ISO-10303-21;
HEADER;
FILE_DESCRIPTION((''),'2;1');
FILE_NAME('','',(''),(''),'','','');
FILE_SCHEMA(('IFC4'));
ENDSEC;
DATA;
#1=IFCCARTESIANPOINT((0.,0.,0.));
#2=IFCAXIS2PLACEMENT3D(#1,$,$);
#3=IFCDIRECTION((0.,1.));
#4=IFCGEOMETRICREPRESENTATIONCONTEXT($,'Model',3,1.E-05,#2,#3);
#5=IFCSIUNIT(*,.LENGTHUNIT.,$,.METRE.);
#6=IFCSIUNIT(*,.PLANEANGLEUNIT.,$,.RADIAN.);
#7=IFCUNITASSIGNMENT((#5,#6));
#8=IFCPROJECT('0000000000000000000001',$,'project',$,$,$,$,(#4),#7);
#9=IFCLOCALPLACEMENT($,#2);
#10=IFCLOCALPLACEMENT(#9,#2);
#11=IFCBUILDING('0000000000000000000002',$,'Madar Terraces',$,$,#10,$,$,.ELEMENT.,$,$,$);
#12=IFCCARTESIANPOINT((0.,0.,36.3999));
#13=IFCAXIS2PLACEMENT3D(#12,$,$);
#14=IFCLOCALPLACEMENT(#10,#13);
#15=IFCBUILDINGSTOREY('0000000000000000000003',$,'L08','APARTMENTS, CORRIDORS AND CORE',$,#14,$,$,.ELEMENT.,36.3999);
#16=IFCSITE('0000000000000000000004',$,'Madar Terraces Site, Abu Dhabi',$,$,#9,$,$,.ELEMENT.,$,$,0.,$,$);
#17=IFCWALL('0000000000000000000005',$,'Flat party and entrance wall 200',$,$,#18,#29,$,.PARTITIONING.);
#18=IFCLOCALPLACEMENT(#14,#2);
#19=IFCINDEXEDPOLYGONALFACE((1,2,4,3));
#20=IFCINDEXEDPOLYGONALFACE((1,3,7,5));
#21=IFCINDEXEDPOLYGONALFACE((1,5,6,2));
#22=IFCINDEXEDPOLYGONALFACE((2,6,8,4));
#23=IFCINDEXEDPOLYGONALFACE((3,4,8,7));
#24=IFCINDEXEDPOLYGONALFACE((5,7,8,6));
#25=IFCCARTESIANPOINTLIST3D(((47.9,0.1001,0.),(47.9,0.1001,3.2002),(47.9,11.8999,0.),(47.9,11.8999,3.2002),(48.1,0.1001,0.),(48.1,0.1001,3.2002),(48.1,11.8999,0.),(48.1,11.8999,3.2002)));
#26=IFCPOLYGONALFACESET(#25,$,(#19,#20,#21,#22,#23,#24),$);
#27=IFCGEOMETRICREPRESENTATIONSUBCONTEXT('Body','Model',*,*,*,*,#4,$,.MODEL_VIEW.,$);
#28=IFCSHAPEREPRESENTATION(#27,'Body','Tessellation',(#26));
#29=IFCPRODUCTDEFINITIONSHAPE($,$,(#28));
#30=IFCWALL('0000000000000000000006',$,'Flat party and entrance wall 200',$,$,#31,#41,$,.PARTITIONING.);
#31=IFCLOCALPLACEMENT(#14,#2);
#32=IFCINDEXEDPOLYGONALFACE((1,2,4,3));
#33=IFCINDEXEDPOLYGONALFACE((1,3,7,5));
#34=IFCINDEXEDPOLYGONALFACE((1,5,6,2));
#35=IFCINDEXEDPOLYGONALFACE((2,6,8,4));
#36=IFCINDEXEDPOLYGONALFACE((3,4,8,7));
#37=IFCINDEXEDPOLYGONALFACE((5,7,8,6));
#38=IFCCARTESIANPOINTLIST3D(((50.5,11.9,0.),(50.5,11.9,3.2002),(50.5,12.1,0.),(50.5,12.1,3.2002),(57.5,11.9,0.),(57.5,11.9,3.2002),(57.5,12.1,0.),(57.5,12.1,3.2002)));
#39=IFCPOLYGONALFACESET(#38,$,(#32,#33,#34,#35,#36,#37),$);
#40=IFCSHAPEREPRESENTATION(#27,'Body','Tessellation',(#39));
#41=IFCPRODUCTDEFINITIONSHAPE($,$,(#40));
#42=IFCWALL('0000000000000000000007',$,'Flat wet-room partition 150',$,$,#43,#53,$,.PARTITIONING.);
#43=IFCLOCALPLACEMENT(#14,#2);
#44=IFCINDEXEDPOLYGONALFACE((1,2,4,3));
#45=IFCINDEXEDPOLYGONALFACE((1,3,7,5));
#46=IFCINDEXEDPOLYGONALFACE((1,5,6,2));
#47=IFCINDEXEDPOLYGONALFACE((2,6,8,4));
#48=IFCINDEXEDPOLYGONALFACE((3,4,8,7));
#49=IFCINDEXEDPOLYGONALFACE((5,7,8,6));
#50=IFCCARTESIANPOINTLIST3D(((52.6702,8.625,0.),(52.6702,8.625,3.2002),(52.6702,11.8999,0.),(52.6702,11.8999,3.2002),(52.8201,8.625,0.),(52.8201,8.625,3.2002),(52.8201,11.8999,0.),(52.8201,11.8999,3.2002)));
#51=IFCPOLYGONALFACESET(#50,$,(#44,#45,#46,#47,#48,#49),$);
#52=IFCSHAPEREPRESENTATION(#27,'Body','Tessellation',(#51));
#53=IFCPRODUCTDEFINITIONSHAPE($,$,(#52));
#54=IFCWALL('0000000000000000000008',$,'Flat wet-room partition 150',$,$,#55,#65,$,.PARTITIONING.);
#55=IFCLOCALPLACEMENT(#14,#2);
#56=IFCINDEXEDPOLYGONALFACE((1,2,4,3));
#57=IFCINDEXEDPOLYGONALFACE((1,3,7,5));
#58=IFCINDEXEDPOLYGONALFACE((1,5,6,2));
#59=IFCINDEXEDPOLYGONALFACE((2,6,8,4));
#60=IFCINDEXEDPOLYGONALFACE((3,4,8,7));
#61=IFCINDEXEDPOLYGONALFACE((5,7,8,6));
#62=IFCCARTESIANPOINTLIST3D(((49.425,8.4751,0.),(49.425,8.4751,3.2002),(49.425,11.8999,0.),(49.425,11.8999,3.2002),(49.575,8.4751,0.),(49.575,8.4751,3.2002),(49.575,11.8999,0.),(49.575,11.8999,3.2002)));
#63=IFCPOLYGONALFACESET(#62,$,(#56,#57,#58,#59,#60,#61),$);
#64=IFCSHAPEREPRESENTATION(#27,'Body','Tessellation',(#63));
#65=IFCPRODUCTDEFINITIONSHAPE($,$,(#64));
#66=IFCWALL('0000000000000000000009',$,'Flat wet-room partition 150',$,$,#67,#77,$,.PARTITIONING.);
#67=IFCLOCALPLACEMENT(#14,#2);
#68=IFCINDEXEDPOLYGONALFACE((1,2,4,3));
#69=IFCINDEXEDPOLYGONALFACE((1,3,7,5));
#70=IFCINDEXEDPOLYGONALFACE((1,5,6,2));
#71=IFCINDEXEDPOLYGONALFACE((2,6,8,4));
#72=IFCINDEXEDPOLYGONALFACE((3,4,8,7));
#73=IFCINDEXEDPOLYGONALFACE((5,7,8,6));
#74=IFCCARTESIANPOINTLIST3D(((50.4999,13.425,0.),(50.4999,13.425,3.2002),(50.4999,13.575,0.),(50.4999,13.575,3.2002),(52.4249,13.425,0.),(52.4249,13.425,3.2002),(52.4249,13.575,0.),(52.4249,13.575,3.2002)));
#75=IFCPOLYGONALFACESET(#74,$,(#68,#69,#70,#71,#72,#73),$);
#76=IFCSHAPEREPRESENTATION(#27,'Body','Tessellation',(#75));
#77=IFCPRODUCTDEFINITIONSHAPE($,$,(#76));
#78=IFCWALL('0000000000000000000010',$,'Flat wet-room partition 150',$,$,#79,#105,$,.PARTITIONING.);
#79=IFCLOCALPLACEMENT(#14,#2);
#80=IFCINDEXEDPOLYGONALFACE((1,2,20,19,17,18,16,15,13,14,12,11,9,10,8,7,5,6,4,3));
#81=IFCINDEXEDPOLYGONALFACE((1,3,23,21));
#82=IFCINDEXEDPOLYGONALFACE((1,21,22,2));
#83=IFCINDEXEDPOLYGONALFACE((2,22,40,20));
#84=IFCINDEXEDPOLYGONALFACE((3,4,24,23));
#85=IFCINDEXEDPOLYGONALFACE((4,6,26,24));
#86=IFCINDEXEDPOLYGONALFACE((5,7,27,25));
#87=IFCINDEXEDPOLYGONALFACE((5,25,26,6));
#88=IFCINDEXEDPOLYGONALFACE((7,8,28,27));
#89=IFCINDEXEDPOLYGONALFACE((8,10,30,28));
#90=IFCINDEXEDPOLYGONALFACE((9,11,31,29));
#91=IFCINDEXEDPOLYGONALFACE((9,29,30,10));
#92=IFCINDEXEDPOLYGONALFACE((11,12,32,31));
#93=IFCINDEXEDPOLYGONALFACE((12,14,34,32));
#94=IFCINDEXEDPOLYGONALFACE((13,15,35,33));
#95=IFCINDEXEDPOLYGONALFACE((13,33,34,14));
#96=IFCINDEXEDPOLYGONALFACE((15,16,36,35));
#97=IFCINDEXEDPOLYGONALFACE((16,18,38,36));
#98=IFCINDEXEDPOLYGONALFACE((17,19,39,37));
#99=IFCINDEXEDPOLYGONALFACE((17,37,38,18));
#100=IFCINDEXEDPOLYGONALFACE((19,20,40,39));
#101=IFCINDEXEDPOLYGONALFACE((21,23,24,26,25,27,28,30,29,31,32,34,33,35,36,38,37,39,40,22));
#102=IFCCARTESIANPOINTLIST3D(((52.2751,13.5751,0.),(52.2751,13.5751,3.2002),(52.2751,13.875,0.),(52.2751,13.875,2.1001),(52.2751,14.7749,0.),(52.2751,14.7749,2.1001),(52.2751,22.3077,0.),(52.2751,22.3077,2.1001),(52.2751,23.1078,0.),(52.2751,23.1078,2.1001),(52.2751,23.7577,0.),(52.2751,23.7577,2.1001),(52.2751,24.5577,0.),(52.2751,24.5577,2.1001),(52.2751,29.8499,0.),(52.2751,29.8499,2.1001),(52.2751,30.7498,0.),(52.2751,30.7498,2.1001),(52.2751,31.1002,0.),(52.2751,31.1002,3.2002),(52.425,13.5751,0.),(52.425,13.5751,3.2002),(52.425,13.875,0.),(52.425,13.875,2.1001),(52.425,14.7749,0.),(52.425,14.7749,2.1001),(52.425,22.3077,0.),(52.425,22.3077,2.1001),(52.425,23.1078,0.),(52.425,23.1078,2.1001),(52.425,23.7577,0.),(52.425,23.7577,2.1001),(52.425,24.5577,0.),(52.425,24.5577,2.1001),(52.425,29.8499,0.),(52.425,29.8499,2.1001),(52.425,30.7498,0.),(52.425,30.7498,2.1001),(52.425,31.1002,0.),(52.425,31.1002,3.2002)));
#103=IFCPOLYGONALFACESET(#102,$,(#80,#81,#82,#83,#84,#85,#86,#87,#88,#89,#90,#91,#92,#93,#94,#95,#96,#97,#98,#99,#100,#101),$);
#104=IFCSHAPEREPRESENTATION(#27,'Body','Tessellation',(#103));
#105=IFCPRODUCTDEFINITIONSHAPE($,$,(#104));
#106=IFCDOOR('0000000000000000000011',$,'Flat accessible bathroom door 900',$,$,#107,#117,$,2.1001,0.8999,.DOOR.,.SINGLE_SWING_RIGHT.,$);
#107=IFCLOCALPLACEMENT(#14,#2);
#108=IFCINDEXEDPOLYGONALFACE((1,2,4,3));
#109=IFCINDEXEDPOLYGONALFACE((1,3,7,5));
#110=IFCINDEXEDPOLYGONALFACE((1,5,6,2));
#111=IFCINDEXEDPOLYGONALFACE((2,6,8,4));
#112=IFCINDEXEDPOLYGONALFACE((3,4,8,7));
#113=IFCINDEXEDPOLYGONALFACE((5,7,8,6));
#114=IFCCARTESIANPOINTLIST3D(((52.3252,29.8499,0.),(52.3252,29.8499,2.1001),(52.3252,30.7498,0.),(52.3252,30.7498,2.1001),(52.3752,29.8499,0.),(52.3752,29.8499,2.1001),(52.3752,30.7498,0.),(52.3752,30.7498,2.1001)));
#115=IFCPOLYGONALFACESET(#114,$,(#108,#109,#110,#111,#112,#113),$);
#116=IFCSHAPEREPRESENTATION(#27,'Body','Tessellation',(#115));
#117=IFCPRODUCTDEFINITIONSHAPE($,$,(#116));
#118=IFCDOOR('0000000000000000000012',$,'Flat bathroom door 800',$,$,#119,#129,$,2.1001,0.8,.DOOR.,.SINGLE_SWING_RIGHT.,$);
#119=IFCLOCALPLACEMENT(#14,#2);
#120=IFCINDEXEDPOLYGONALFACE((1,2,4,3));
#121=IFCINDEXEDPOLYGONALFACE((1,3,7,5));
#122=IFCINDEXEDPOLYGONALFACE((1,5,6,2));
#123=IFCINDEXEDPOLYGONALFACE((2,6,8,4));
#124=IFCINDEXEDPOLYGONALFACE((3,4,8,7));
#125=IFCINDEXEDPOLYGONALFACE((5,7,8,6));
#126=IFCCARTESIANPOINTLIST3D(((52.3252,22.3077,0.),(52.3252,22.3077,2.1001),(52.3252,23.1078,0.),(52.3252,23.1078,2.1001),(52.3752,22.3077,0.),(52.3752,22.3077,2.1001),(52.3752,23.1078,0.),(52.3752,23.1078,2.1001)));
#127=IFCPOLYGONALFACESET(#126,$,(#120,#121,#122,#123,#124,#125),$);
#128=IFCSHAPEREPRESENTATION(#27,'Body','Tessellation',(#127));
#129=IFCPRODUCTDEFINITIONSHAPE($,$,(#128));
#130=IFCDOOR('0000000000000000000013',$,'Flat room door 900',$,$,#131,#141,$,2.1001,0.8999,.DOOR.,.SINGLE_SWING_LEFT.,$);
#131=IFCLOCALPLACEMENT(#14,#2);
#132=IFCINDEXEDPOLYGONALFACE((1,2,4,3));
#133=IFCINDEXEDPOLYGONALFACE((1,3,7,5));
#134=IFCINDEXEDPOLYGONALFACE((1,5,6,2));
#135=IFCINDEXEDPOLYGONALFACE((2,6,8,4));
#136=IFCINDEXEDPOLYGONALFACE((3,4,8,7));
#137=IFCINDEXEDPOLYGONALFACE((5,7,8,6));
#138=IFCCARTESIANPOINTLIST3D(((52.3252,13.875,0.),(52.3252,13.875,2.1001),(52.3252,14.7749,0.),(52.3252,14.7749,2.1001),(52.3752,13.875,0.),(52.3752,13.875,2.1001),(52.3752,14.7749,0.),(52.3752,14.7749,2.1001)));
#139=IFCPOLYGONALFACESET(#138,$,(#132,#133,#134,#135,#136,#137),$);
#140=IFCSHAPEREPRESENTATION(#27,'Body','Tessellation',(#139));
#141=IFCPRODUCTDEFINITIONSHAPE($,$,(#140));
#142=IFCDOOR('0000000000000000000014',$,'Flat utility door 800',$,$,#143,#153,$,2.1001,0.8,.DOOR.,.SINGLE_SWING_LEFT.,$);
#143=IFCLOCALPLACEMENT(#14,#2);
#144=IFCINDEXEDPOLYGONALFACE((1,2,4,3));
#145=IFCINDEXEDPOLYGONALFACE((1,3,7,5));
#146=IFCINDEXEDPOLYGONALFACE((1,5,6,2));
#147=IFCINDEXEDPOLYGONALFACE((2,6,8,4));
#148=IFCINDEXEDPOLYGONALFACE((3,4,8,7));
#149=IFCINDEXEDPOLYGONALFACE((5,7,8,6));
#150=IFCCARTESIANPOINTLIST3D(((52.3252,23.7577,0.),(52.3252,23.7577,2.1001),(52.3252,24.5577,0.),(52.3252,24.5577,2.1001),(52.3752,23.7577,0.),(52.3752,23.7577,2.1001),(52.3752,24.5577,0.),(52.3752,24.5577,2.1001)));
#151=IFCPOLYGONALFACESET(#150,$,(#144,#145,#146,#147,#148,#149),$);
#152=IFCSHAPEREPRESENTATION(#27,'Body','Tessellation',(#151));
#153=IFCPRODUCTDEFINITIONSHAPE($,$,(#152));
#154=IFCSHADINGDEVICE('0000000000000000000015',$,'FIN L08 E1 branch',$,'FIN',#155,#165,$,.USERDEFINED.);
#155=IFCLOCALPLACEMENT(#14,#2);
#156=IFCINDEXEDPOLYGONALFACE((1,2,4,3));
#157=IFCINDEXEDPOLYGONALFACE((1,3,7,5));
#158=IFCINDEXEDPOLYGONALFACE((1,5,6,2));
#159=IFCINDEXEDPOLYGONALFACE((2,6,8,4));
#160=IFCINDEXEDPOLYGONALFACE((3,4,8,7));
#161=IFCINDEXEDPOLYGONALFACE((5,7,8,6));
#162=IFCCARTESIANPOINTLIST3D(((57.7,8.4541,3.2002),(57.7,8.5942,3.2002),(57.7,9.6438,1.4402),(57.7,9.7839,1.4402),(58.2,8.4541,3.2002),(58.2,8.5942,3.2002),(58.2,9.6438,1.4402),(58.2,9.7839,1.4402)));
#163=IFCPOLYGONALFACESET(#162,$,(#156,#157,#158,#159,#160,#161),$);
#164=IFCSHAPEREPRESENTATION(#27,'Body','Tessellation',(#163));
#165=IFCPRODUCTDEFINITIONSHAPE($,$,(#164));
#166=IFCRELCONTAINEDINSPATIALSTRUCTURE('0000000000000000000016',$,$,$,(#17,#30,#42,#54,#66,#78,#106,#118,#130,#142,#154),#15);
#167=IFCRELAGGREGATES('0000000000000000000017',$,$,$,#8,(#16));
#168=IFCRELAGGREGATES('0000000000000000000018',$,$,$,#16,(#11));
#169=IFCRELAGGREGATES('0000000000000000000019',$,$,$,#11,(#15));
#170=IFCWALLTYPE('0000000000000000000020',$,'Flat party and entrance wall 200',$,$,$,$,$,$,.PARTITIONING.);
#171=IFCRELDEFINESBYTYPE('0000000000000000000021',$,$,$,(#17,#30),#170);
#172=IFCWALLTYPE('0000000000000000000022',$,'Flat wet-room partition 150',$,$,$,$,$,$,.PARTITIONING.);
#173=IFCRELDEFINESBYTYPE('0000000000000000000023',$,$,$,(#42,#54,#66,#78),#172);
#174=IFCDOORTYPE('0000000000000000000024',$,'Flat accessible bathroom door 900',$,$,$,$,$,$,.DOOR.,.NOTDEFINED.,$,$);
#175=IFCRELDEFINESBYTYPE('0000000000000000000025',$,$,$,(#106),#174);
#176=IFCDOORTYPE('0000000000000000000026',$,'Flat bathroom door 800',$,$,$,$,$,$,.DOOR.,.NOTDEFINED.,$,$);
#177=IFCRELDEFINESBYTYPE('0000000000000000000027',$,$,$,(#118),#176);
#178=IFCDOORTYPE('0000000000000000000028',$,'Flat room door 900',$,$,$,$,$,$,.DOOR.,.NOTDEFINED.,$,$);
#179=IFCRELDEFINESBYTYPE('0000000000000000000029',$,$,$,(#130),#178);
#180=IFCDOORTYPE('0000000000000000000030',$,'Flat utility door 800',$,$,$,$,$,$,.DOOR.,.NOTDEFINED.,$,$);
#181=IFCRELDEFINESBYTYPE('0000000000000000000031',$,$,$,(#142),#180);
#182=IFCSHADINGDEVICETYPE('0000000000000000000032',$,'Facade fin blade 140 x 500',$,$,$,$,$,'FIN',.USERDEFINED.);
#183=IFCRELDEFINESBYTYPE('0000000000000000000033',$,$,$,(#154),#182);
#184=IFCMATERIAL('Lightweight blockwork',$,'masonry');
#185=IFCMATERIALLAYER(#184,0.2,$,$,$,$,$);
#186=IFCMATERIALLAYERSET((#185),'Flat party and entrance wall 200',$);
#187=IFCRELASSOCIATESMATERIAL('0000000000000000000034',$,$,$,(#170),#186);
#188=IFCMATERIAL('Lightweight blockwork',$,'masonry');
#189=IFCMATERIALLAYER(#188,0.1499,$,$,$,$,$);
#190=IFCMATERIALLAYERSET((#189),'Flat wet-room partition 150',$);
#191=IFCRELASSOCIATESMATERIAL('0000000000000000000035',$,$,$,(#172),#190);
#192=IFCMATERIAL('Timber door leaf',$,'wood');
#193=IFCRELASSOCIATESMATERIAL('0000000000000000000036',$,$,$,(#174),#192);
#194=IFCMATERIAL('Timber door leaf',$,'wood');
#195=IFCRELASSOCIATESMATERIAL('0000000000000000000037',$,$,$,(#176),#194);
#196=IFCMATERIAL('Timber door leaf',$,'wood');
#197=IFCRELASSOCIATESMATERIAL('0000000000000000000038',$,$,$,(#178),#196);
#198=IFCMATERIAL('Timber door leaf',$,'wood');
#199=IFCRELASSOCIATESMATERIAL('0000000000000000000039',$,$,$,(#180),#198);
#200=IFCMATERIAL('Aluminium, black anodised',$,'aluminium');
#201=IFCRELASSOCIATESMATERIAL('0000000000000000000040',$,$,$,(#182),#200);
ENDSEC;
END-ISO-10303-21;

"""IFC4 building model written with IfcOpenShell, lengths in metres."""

from ifc_helpers import new_model, si_unit, direction, frame, frame_2d, origin, place, context, subcontext, project, spatial, polyline, rectangle, outline, extrude, material, layer, layer_set, type_object, element, fill, save


model = new_model("IFC4")

# Units and contexts
model_context = context("Model", 3, precision=1e-05, world=origin(), true_north=direction((0.0, 1.0)))
body_context = subcontext(model_context, "Body", "Model", "MODEL_VIEW")
ifc_project = project(units=[si_unit("LENGTHUNIT", "METRE"), si_unit("PLANEANGLEUNIT", "RADIAN")], contexts=[model_context])

# Site, building, storey
site_placement = place(None, origin())
site = spatial("IfcSite", under=ifc_project, at=site_placement, Name="Madar Terraces Site, Abu Dhabi", CompositionType="ELEMENT", RefElevation=0.0)
building_placement = place(site_placement, origin())
building = spatial("IfcBuilding", under=site, at=building_placement, Name="Madar Terraces", CompositionType="ELEMENT")
storey_placement = place(building_placement, frame((0.0, 0.0, 36.3999)))
storey = spatial("IfcBuildingStorey", under=building, at=storey_placement, Name="L08", Description="APARTMENTS, CORRIDORS AND CORE", CompositionType="ELEMENT", Elevation=36.3999)

# Shared definitions
ifc_material_1 = material(Name="Lightweight blockwork", Category="masonry")
ifc_layer_1 = layer(ifc_material_1, 0.2)
ifc_layer_set_1 = layer_set([ifc_layer_1], Name="Flat party and entrance wall 200")
wall_type_1 = type_object("IfcWallType", Name="Flat party and entrance wall 200", PredefinedType="PARTITIONING", material=ifc_layer_set_1)

# Walls
wall_1_placement = place(storey_placement, frame((48.0, 11.8999, 0.0), z_axis=(0.0, 0.0, 1.0), x_axis=(0.0, -1.0, 0.0)))
element("IfcWall", 1, at=wall_1_placement, inside=storey, type_object=wall_type_1, Name="Flat party and entrance wall 200", PredefinedType="PARTITIONING", context=body_context, shape_type="SweptSolid", body=[
    extrude(rectangle(XDim=11.7998, YDim=0.2, at=frame_2d((5.8999, 0.0))), origin(), (0.0, 0.0, 1.0), 3.2002),
])
wall_2_placement = place(storey_placement, frame((50.5, 12.0, 0.0), z_axis=(0.0, 0.0, 1.0), x_axis=(1.0, 0.0, 0.0)))
element("IfcWall", 2, at=wall_2_placement, inside=storey, type_object=wall_type_1, Name="Flat party and entrance wall 200", PredefinedType="PARTITIONING", context=body_context, shape_type="SweptSolid", body=[
    extrude(rectangle(XDim=7.0, YDim=0.2, at=frame_2d((3.5, 0.0))), origin(), (0.0, 0.0, 1.0), 3.2002),
])
ifc_material_2 = material(Name="Lightweight blockwork", Category="masonry")
ifc_layer_2 = layer(ifc_material_2, 0.1499)
ifc_layer_set_2 = layer_set([ifc_layer_2], Name="Flat wet-room partition 150")
wall_type_2 = type_object("IfcWallType", Name="Flat wet-room partition 150", PredefinedType="PARTITIONING", material=ifc_layer_set_2)
wall_3_placement = place(storey_placement, frame((52.7451, 11.8999, 0.0), z_axis=(0.0, 0.0, 1.0), x_axis=(0.0, -1.0, 0.0)))
element("IfcWall", 3, at=wall_3_placement, inside=storey, type_object=wall_type_2, Name="Flat wet-room partition 150", PredefinedType="PARTITIONING", context=body_context, shape_type="SweptSolid", body=[
    extrude(rectangle(XDim=3.2749, YDim=0.1499, at=frame_2d((1.6375, 0.0))), origin(), (0.0, 0.0, 1.0), 3.2002),
])
wall_4_placement = place(storey_placement, frame((49.5, 11.8999, 0.0), z_axis=(0.0, 0.0, 1.0), x_axis=(0.0, -1.0, 0.0)))
element("IfcWall", 4, at=wall_4_placement, inside=storey, type_object=wall_type_2, Name="Flat wet-room partition 150", PredefinedType="PARTITIONING", context=body_context, shape_type="SweptSolid", body=[
    extrude(rectangle(XDim=3.4248, YDim=0.1499, at=frame_2d((1.7124, 0.0))), origin(), (0.0, 0.0, 1.0), 3.2002),
])
wall_5_placement = place(storey_placement, frame((50.5, 13.5, 0.0), z_axis=(0.0, 0.0, 1.0), x_axis=(1.0, 0.0, 0.0)))
element("IfcWall", 5, at=wall_5_placement, inside=storey, type_object=wall_type_2, Name="Flat wet-room partition 150", PredefinedType="PARTITIONING", context=body_context, shape_type="SweptSolid", body=[
    extrude(rectangle(XDim=1.925, YDim=0.1499, at=frame_2d((0.9624, 0.0))), origin(), (0.0, 0.0, 1.0), 3.2002),
])

# Wall, openings, doors
wall_6_placement = place(storey_placement, frame((52.3501, 13.575, 0.0), z_axis=(0.0, 0.0, 1.0), x_axis=(0.0, 1.0, 0.0)))
wall_6 = element("IfcWall", 6, at=wall_6_placement, inside=storey, type_object=wall_type_2, Name="Flat wet-room partition 150", PredefinedType="PARTITIONING", context=body_context, shape_type="SweptSolid", body=[
    extrude(rectangle(XDim=17.5251, YDim=0.1499, at=frame_2d((8.7627, 0.0))), origin(), (0.0, 0.0, 1.0), 3.2002),
])
opening_1_placement = place(wall_6_placement, frame((0.3, 0.0, 0.0)))
opening_1 = element("IfcOpeningElement", 7, at=opening_1_placement, cuts=wall_6, PredefinedType="OPENING", context=body_context, shape_type="SweptSolid", body=[
    extrude(rectangle(XDim=0.8999, YDim=2.1001, at=frame_2d((0.45, 1.05))), frame((0.0, 0.085, 0.0), z_axis=(0.0, -1.0, 0.0), x_axis=(1.0, 0.0, 0.0)), (0.0, 0.0, 1.0), 0.1699),
])
opening_2_placement = place(wall_6_placement, frame((8.7329, 0.0, 0.0)))
opening_2 = element("IfcOpeningElement", 8, at=opening_2_placement, cuts=wall_6, PredefinedType="OPENING", context=body_context, shape_type="SweptSolid", body=[
    extrude(rectangle(XDim=0.8, YDim=2.1001, at=frame_2d((0.3999, 1.05))), frame((0.0, 0.085, 0.0), z_axis=(0.0, -1.0, 0.0), x_axis=(1.0, 0.0, 0.0)), (0.0, 0.0, 1.0), 0.1699),
])
opening_3_placement = place(wall_6_placement, frame((10.1829, 0.0, 0.0)))
opening_3 = element("IfcOpeningElement", 9, at=opening_3_placement, cuts=wall_6, PredefinedType="OPENING", context=body_context, shape_type="SweptSolid", body=[
    extrude(rectangle(XDim=0.8, YDim=2.1001, at=frame_2d((0.3999, 1.05))), frame((0.0, 0.085, 0.0), z_axis=(0.0, -1.0, 0.0), x_axis=(1.0, 0.0, 0.0)), (0.0, 0.0, 1.0), 0.1699),
])
opening_4_placement = place(wall_6_placement, frame((16.2749, 0.0, 0.0)))
opening_4 = element("IfcOpeningElement", 10, at=opening_4_placement, cuts=wall_6, PredefinedType="OPENING", context=body_context, shape_type="SweptSolid", body=[
    extrude(rectangle(XDim=0.8999, YDim=2.1001, at=frame_2d((0.45, 1.05))), frame((0.0, 0.085, 0.0), z_axis=(0.0, -1.0, 0.0), x_axis=(1.0, 0.0, 0.0)), (0.0, 0.0, 1.0), 0.1699),
])
ifc_material_3 = material(Name="Timber door leaf", Category="wood")
door_type_1 = type_object("IfcDoorType", Name="Flat accessible bathroom door 900", OperationType="NOTDEFINED", PredefinedType="DOOR", material=ifc_material_3)
door_1_placement = place(opening_4_placement, origin())
door_1 = element("IfcDoor", 11, at=door_1_placement, inside=storey, type_object=door_type_1, Name="Flat accessible bathroom door 900", OperationType="SINGLE_SWING_RIGHT", OverallHeight=2.1001, OverallWidth=0.8999, PredefinedType="DOOR", context=body_context, shape_type="SweptSolid", body=[
    extrude(rectangle(XDim=0.8999, YDim=2.1001, at=frame_2d((0.45, 1.05))), frame((0.0, 0.0249, 0.0), z_axis=(0.0, -1.0, 0.0), x_axis=(1.0, 0.0, 0.0)), (0.0, 0.0, 1.0), 0.05),
])
fill(opening_4, door_1)
ifc_material_4 = material(Name="Timber door leaf", Category="wood")
door_type_2 = type_object("IfcDoorType", Name="Flat bathroom door 800", OperationType="NOTDEFINED", PredefinedType="DOOR", material=ifc_material_4)
door_2_placement = place(opening_2_placement, origin())
door_2 = element("IfcDoor", 12, at=door_2_placement, inside=storey, type_object=door_type_2, Name="Flat bathroom door 800", OperationType="SINGLE_SWING_RIGHT", OverallHeight=2.1001, OverallWidth=0.8, PredefinedType="DOOR", context=body_context, shape_type="SweptSolid", body=[
    extrude(rectangle(XDim=0.8, YDim=2.1001, at=frame_2d((0.3999, 1.05))), frame((0.0, 0.0249, 0.0), z_axis=(0.0, -1.0, 0.0), x_axis=(1.0, 0.0, 0.0)), (0.0, 0.0, 1.0), 0.05),
])
fill(opening_2, door_2)
ifc_material_5 = material(Name="Timber door leaf", Category="wood")
door_type_3 = type_object("IfcDoorType", Name="Flat room door 900", OperationType="NOTDEFINED", PredefinedType="DOOR", material=ifc_material_5)
door_3_placement = place(opening_1_placement, origin())
door_3 = element("IfcDoor", 13, at=door_3_placement, inside=storey, type_object=door_type_3, Name="Flat room door 900", OperationType="SINGLE_SWING_LEFT", OverallHeight=2.1001, OverallWidth=0.8999, PredefinedType="DOOR", context=body_context, shape_type="SweptSolid", body=[
    extrude(rectangle(XDim=0.8999, YDim=2.1001, at=frame_2d((0.45, 1.05))), frame((0.0, 0.0249, 0.0), z_axis=(0.0, -1.0, 0.0), x_axis=(1.0, 0.0, 0.0)), (0.0, 0.0, 1.0), 0.05),
])
fill(opening_1, door_3)
ifc_material_6 = material(Name="Timber door leaf", Category="wood")
door_type_4 = type_object("IfcDoorType", Name="Flat utility door 800", OperationType="NOTDEFINED", PredefinedType="DOOR", material=ifc_material_6)
door_4_placement = place(opening_3_placement, origin())
door_4 = element("IfcDoor", 14, at=door_4_placement, inside=storey, type_object=door_type_4, Name="Flat utility door 800", OperationType="SINGLE_SWING_LEFT", OverallHeight=2.1001, OverallWidth=0.8, PredefinedType="DOOR", context=body_context, shape_type="SweptSolid", body=[
    extrude(rectangle(XDim=0.8, YDim=2.1001, at=frame_2d((0.3999, 1.05))), frame((0.0, 0.0249, 0.0), z_axis=(0.0, -1.0, 0.0), x_axis=(1.0, 0.0, 0.0)), (0.0, 0.0, 1.0), 0.05),
])
fill(opening_3, door_4)

# Shading device
ifc_material_7 = material(Name="Aluminium, black anodised", Category="aluminium")
shading_device_type = type_object("IfcShadingDeviceType", Name="Facade fin blade 140 x 500", ElementType="FIN", PredefinedType="USERDEFINED", material=ifc_material_7)
shading_device_placement = place(storey_placement, frame((57.95, 9.6438, 1.4402), z_axis=(0.0, 0.0, 1.0), x_axis=(0.0, 1.0, 0.0)))
element("IfcShadingDevice", 15, at=shading_device_placement, inside=storey, type_object=shading_device_type, Name="FIN L08 E1 branch", ObjectType="FIN", PredefinedType="USERDEFINED", context=body_context, shape_type="SweptSolid", body=[
    extrude(outline(polyline([(0.0, 0.0), (0.1401, 0.0), (-1.0496, 1.76), (-1.1897, 1.76), (0.0, 0.0)])), frame((0.0, 0.25, 0.0), z_axis=(0.0, -1.0, 0.0), x_axis=(1.0, 0.0, 0.0)), (0.0, 0.0, 1.0), 0.5),
])

save(model, "model.ifc")
